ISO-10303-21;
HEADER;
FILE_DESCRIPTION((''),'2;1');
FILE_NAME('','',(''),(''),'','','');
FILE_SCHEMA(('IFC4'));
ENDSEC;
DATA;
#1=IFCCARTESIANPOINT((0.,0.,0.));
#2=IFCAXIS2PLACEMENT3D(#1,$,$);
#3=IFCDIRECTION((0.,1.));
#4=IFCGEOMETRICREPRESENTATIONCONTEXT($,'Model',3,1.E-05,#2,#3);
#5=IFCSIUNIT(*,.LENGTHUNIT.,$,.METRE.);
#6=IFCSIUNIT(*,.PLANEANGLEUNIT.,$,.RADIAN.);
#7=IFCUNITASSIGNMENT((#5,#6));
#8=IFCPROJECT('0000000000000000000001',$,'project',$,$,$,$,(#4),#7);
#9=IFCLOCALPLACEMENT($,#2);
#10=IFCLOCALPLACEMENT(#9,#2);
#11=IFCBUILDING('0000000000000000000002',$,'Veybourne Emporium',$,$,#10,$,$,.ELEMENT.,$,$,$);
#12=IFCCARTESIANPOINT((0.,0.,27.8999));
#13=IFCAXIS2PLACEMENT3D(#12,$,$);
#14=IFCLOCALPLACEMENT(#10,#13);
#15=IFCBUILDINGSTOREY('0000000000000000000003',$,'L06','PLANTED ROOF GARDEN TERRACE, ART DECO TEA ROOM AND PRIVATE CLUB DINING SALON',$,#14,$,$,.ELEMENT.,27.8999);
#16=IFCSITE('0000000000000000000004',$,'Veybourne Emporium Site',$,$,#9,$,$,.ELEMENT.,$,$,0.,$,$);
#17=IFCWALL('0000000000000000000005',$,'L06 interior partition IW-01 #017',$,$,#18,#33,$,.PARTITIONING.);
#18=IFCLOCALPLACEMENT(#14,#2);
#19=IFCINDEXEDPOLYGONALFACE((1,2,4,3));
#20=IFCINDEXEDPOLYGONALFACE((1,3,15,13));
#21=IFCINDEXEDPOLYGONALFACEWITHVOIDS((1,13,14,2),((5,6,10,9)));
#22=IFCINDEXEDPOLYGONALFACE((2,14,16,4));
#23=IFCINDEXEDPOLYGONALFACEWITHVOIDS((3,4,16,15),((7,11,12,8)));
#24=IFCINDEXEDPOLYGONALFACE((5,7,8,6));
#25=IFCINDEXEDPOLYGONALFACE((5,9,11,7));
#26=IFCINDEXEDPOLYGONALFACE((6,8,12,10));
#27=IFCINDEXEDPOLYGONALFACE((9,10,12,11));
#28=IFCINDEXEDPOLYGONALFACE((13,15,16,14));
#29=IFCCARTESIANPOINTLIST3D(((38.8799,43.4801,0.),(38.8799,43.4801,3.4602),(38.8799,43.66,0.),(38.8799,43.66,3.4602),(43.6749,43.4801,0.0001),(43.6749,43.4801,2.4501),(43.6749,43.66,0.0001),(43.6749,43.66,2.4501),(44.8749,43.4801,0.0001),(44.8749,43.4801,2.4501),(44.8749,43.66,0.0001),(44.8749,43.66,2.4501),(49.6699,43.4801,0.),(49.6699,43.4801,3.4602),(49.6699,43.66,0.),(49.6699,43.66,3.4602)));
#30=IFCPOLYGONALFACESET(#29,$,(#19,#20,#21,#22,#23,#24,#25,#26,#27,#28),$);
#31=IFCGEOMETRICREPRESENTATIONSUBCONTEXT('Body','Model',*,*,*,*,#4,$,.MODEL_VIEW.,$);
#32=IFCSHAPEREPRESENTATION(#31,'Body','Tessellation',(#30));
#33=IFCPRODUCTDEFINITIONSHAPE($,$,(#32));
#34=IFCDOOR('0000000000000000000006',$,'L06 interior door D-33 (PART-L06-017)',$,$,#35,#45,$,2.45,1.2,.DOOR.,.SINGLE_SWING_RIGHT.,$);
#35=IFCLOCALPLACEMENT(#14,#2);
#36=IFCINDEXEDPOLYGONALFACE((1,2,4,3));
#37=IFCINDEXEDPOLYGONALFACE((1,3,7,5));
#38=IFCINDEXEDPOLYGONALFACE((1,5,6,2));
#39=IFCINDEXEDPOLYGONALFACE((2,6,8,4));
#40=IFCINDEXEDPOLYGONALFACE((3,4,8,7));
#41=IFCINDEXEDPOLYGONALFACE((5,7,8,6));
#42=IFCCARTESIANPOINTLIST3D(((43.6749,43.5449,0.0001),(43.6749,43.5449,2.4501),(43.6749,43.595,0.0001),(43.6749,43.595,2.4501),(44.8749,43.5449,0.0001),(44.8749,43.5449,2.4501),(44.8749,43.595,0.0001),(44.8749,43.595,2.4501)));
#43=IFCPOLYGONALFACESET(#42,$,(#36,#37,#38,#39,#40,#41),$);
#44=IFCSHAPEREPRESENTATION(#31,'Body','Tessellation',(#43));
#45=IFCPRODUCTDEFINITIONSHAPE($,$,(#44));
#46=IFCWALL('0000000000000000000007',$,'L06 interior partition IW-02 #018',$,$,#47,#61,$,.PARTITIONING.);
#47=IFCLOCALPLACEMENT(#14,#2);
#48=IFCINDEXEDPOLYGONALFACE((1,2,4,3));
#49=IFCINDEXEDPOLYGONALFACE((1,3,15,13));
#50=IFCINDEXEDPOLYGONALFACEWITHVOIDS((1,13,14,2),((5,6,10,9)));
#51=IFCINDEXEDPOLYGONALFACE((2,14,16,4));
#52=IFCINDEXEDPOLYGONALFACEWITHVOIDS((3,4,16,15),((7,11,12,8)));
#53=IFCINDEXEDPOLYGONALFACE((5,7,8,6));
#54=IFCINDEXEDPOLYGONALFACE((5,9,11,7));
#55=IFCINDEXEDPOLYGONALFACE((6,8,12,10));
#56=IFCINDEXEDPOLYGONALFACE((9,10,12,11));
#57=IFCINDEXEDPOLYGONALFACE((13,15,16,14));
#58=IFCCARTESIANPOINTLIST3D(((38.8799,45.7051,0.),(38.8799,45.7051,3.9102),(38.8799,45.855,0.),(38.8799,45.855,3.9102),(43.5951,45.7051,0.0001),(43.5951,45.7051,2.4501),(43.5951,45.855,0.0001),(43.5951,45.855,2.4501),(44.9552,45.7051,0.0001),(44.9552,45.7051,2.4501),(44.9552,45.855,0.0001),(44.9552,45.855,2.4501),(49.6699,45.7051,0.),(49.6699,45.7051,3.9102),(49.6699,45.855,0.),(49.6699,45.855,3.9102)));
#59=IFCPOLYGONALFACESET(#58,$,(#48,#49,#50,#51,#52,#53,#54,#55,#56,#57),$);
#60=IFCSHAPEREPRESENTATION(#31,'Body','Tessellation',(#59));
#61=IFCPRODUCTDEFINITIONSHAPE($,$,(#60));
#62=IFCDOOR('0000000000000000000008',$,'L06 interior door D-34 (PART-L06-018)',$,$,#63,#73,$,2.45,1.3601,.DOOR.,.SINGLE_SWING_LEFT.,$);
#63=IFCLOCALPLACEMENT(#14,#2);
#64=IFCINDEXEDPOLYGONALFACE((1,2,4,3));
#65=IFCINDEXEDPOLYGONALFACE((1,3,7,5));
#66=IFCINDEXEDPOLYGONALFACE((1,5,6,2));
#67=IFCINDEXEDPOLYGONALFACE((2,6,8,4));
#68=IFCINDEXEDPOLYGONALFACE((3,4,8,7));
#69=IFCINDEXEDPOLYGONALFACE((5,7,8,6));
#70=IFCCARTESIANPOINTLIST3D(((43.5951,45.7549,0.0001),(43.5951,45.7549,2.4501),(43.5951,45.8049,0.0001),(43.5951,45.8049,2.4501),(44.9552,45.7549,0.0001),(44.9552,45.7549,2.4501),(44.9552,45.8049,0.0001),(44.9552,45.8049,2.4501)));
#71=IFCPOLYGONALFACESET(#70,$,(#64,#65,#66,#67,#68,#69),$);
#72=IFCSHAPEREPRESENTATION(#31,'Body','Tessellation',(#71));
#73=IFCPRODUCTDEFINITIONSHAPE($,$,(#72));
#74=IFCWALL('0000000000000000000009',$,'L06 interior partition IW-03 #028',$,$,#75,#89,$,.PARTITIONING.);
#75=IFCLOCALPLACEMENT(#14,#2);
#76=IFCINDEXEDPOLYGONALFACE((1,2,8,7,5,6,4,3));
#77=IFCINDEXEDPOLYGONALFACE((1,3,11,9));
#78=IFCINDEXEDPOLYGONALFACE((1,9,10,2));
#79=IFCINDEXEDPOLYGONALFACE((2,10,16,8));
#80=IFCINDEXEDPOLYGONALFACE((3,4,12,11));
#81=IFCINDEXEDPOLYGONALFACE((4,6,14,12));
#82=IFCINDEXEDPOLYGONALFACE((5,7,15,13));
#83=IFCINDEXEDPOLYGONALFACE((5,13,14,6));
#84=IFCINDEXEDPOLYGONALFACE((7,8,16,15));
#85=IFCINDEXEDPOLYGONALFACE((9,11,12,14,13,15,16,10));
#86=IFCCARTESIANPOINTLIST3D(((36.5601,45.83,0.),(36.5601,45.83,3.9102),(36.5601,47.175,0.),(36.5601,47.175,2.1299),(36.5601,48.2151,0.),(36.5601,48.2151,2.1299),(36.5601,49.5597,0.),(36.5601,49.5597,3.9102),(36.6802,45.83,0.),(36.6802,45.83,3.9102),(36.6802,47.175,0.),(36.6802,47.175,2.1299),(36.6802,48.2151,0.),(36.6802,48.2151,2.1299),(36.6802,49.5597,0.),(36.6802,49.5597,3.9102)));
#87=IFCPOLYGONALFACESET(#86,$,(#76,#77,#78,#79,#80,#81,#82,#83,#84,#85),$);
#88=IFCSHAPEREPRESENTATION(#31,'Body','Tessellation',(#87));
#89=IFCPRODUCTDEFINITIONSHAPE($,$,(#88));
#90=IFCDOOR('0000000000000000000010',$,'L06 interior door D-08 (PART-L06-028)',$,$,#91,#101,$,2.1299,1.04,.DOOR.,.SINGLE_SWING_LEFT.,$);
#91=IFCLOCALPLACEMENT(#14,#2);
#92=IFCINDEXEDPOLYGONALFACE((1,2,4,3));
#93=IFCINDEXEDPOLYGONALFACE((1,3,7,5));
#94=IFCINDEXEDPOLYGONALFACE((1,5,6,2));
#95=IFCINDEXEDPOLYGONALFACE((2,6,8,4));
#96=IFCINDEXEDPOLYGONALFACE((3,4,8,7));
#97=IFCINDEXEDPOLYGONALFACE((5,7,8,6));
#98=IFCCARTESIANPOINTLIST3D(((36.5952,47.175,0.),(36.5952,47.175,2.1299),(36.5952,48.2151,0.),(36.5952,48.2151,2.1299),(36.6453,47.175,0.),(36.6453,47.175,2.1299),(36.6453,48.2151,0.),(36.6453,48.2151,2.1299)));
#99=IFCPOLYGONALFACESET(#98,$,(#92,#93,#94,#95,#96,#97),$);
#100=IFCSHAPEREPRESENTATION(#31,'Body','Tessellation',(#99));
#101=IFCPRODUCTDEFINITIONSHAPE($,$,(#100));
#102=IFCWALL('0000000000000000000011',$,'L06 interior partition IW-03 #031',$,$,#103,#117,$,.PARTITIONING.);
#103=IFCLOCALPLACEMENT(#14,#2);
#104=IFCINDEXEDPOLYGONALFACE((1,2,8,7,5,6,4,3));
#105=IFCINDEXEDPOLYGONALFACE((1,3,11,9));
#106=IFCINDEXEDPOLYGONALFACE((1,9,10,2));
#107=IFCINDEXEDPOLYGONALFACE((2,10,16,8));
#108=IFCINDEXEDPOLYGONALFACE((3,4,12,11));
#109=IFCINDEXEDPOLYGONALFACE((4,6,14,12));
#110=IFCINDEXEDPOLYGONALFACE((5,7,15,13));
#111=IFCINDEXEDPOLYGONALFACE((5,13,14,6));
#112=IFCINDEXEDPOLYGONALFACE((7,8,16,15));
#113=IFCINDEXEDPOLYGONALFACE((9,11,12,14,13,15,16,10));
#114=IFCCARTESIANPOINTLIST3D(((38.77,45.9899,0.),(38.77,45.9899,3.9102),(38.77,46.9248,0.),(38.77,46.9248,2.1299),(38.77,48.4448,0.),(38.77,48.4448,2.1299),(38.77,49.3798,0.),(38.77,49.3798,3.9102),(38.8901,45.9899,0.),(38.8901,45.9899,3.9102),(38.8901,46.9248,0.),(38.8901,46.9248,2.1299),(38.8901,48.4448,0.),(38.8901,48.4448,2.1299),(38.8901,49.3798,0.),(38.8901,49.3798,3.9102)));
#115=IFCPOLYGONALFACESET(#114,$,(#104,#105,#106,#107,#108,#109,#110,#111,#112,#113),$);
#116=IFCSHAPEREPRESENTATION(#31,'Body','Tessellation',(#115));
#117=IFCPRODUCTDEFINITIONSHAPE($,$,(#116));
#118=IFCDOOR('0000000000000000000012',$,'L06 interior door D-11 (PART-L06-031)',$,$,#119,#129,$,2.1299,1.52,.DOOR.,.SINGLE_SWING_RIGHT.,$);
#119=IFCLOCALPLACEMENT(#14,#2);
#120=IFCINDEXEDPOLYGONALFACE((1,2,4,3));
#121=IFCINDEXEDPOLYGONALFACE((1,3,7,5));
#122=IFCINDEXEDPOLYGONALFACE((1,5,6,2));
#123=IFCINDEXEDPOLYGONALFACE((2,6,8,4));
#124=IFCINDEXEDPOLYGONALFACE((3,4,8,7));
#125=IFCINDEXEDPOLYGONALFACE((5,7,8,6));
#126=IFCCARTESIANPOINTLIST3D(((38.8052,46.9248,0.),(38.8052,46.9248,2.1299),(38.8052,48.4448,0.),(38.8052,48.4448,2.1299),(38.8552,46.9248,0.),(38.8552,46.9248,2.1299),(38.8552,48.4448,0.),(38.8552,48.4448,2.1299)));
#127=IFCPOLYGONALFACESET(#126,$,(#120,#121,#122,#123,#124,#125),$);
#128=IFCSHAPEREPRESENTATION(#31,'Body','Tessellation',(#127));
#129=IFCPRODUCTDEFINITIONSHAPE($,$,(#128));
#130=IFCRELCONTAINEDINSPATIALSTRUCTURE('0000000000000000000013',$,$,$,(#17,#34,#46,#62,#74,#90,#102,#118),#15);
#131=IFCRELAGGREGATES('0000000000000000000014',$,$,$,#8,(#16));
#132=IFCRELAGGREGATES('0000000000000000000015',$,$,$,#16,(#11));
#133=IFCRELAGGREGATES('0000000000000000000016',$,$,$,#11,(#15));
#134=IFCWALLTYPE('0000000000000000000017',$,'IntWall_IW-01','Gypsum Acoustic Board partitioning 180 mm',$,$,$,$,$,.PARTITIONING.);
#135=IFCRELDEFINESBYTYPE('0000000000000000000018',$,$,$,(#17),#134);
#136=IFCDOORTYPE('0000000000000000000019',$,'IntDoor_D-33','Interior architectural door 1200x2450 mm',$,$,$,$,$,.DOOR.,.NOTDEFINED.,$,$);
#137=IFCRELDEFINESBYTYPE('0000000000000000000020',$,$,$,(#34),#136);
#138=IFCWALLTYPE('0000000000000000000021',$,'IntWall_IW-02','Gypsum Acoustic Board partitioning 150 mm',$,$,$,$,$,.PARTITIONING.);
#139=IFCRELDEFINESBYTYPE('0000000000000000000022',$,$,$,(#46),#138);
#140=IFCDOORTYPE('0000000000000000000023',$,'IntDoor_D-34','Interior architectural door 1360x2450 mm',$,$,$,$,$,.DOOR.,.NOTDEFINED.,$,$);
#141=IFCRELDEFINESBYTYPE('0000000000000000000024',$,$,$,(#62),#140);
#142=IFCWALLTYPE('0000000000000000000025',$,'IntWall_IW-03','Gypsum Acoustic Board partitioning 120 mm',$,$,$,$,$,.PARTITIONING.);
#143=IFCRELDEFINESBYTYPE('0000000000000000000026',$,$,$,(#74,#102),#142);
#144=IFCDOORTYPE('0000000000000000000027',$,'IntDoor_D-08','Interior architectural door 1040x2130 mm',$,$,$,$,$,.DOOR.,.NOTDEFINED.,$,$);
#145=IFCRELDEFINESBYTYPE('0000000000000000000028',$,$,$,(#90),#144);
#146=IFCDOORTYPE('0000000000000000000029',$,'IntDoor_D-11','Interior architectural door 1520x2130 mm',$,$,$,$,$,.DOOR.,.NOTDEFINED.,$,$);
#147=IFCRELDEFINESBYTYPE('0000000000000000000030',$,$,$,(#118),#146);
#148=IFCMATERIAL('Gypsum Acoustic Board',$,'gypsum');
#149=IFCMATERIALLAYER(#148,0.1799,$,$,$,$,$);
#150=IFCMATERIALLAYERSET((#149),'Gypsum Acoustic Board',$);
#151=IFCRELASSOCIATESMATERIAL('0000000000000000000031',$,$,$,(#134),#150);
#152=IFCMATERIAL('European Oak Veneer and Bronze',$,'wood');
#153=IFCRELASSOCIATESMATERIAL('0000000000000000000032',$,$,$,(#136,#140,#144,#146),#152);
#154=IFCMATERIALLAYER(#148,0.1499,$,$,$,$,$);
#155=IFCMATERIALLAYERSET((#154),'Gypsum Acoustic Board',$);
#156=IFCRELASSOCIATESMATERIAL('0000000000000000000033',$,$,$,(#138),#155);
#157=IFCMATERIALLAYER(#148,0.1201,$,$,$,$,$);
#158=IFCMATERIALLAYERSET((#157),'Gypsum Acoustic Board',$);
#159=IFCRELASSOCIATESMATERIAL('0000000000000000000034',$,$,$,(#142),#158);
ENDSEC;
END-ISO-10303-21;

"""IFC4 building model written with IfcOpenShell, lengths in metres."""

from ifc_helpers import new_model, si_unit, direction, frame, frame_2d, origin, place, context, subcontext, project, spatial, rectangle, extrude, material, layer, layer_set, type_object, element, fill, save


model = new_model("IFC4")

# Units and contexts
model_context = context("Model", 3, precision=1e-05, world=origin(), true_north=direction((0.0, 1.0)))
body_context = subcontext(model_context, "Body", "Model", "MODEL_VIEW")
ifc_project = project(units=[si_unit("LENGTHUNIT", "METRE"), si_unit("PLANEANGLEUNIT", "RADIAN")], contexts=[model_context])

# Site, building, storey
site_placement = place(None, origin())
site = spatial("IfcSite", under=ifc_project, at=site_placement, Name="Veybourne Emporium Site", CompositionType="ELEMENT", RefElevation=0.0)
building_placement = place(site_placement, origin())
building = spatial("IfcBuilding", under=site, at=building_placement, Name="Veybourne Emporium", CompositionType="ELEMENT")
storey_placement = place(building_placement, frame((0.0, 0.0, 27.8999)))
storey = spatial("IfcBuildingStorey", under=building, at=storey_placement, Name="L06", Description="PLANTED ROOF GARDEN TERRACE, ART DECO TEA ROOM AND PRIVATE CLUB DINING SALON", CompositionType="ELEMENT", Elevation=27.8999)

# Walls, openings, doors
ifc_material_1 = material(Name="Gypsum Acoustic Board", Category="gypsum")
ifc_layer_1 = layer(ifc_material_1, 0.1799)
ifc_layer_set_1 = layer_set([ifc_layer_1], Name="Gypsum Acoustic Board")
wall_type_1 = type_object("IfcWallType", Name="IntWall_IW-01", Description="Gypsum Acoustic Board partitioning 180 mm", PredefinedType="PARTITIONING", material=ifc_layer_set_1)
wall_1_placement = place(storey_placement, frame((38.8799, 43.5701, 0.0), z_axis=(0.0, 0.0, 1.0), x_axis=(1.0, 0.0, 0.0)))
wall_1 = element("IfcWall", 1, at=wall_1_placement, inside=storey, type_object=wall_type_1, Name="L06 interior partition IW-01 #017", PredefinedType="PARTITIONING", context=body_context, shape_type="SweptSolid", body=[
    extrude(rectangle(XDim=10.79, YDim=0.1799, at=frame_2d((5.395, 0.0))), origin(), (0.0, 0.0, 1.0), 3.4602),
])
opening_1_placement = place(wall_1_placement, frame((4.7949, 0.0, 0.0)))
opening_1 = element("IfcOpeningElement", 2, at=opening_1_placement, cuts=wall_1, PredefinedType="OPENING", context=body_context, shape_type="SweptSolid", body=[
    extrude(rectangle(XDim=1.2, YDim=2.45, at=frame_2d((0.6001, 1.2251))), frame((0.0, 0.1099, 0.0), z_axis=(0.0, -1.0, 0.0), x_axis=(1.0, 0.0, 0.0)), (0.0, 0.0, 1.0), 0.22),
])
ifc_material_2 = material(Name="European Oak Veneer and Bronze", Category="wood")
door_type_1 = type_object("IfcDoorType", Name="IntDoor_D-33", Description="Interior architectural door 1200x2450 mm", OperationType="NOTDEFINED", PredefinedType="DOOR", material=ifc_material_2)
door_1_placement = place(opening_1_placement, origin())
door_1 = element("IfcDoor", 3, at=door_1_placement, inside=storey, type_object=door_type_1, Name="L06 interior door D-33 (PART-L06-017)", OperationType="SINGLE_SWING_RIGHT", OverallHeight=2.45, OverallWidth=1.2, PredefinedType="DOOR", context=body_context, shape_type="SweptSolid", body=[
    extrude(rectangle(XDim=1.2, YDim=2.45, at=frame_2d((0.6001, 1.2251))), frame((0.0, 0.0249, 0.0), z_axis=(0.0, -1.0, 0.0), x_axis=(1.0, 0.0, 0.0)), (0.0, 0.0, 1.0), 0.05),
])
fill(opening_1, door_1)
ifc_layer_2 = layer(ifc_material_1, 0.1499)
ifc_layer_set_2 = layer_set([ifc_layer_2], Name="Gypsum Acoustic Board")
wall_type_2 = type_object("IfcWallType", Name="IntWall_IW-02", Description="Gypsum Acoustic Board partitioning 150 mm", PredefinedType="PARTITIONING", material=ifc_layer_set_2)
wall_2_placement = place(storey_placement, frame((38.8799, 45.78, 0.0), z_axis=(0.0, 0.0, 1.0), x_axis=(1.0, 0.0, 0.0)))
wall_2 = element("IfcWall", 4, at=wall_2_placement, inside=storey, type_object=wall_type_2, Name="L06 interior partition IW-02 #018", PredefinedType="PARTITIONING", context=body_context, shape_type="SweptSolid", body=[
    extrude(rectangle(XDim=10.79, YDim=0.1499, at=frame_2d((5.395, 0.0))), origin(), (0.0, 0.0, 1.0), 3.9102),
])
opening_2_placement = place(wall_2_placement, frame((4.7151, 0.0, 0.0)))
opening_2 = element("IfcOpeningElement", 5, at=opening_2_placement, cuts=wall_2, PredefinedType="OPENING", context=body_context, shape_type="SweptSolid", body=[
    extrude(rectangle(XDim=1.3601, YDim=2.45, at=frame_2d((0.6802, 1.2251))), frame((0.0, 0.095, 0.0), z_axis=(0.0, -1.0, 0.0), x_axis=(1.0, 0.0, 0.0)), (0.0, 0.0, 1.0), 0.1899),
])
door_type_2 = type_object("IfcDoorType", Name="IntDoor_D-34", Description="Interior architectural door 1360x2450 mm", OperationType="NOTDEFINED", PredefinedType="DOOR", material=ifc_material_2)
door_2_placement = place(opening_2_placement, origin())
door_2 = element("IfcDoor", 6, at=door_2_placement, inside=storey, type_object=door_type_2, Name="L06 interior door D-34 (PART-L06-018)", OperationType="SINGLE_SWING_LEFT", OverallHeight=2.45, OverallWidth=1.3601, PredefinedType="DOOR", context=body_context, shape_type="SweptSolid", body=[
    extrude(rectangle(XDim=1.3601, YDim=2.45, at=frame_2d((0.6802, 1.2251))), frame((0.0, 0.0249, 0.0), z_axis=(0.0, -1.0, 0.0), x_axis=(1.0, 0.0, 0.0)), (0.0, 0.0, 1.0), 0.05),
])
fill(opening_2, door_2)
ifc_layer_3 = layer(ifc_material_1, 0.1201)
ifc_layer_set_3 = layer_set([ifc_layer_3], Name="Gypsum Acoustic Board")
wall_type_3 = type_object("IfcWallType", Name="IntWall_IW-03", Description="Gypsum Acoustic Board partitioning 120 mm", PredefinedType="PARTITIONING", material=ifc_layer_set_3)
wall_3_placement = place(storey_placement, frame((36.6201, 45.8301, 0.0), z_axis=(0.0, 0.0, 1.0), x_axis=(0.0, 1.0, 0.0)))
wall_3 = element("IfcWall", 7, at=wall_3_placement, inside=storey, type_object=wall_type_3, Name="L06 interior partition IW-03 #028", PredefinedType="PARTITIONING", context=body_context, shape_type="SweptSolid", body=[
    extrude(rectangle(XDim=3.7297, YDim=0.1201, at=frame_2d((1.8647, 0.0))), origin(), (0.0, 0.0, 1.0), 3.9102),
])
opening_3_placement = place(wall_3_placement, frame((1.345, 0.0, 0.0)))
opening_3 = element("IfcOpeningElement", 8, at=opening_3_placement, cuts=wall_3, PredefinedType="OPENING", context=body_context, shape_type="SweptSolid", body=[
    extrude(rectangle(XDim=1.04, YDim=2.1299, at=frame_2d((0.52, 1.0649))), frame((0.0, 0.0801, 0.0), z_axis=(0.0, -1.0, 0.0), x_axis=(1.0, 0.0, 0.0)), (0.0, 0.0, 1.0), 0.1602),
])
door_type_3 = type_object("IfcDoorType", Name="IntDoor_D-08", Description="Interior architectural door 1040x2130 mm", OperationType="NOTDEFINED", PredefinedType="DOOR", material=ifc_material_2)
door_3_placement = place(opening_3_placement, origin())
door_3 = element("IfcDoor", 9, at=door_3_placement, inside=storey, type_object=door_type_3, Name="L06 interior door D-08 (PART-L06-028)", OperationType="SINGLE_SWING_LEFT", OverallHeight=2.1299, OverallWidth=1.04, PredefinedType="DOOR", context=body_context, shape_type="SweptSolid", body=[
    extrude(rectangle(XDim=1.04, YDim=2.1299, at=frame_2d((0.52, 1.0649))), frame((0.0, 0.0249, 0.0), z_axis=(0.0, -1.0, 0.0), x_axis=(1.0, 0.0, 0.0)), (0.0, 0.0, 1.0), 0.05),
])
fill(opening_3, door_3)
wall_4_placement = place(storey_placement, frame((38.8301, 45.99, 0.0), z_axis=(0.0, 0.0, 1.0), x_axis=(0.0, 1.0, 0.0)))
wall_4 = element("IfcWall", 10, at=wall_4_placement, inside=storey, type_object=wall_type_3, Name="L06 interior partition IW-03 #031", PredefinedType="PARTITIONING", context=body_context, shape_type="SweptSolid", body=[
    extrude(rectangle(XDim=3.3899, YDim=0.1201, at=frame_2d((1.6948, 0.0))), origin(), (0.0, 0.0, 1.0), 3.9102),
])
opening_4_placement = place(wall_4_placement, frame((0.9348, 0.0, 0.0)))
opening_4 = element("IfcOpeningElement", 11, at=opening_4_placement, cuts=wall_4, PredefinedType="OPENING", context=body_context, shape_type="SweptSolid", body=[
    extrude(rectangle(XDim=1.52, YDim=2.1299, at=frame_2d((0.76, 1.0649))), frame((0.0, 0.0801, 0.0), z_axis=(0.0, -1.0, 0.0), x_axis=(1.0, 0.0, 0.0)), (0.0, 0.0, 1.0), 0.1602),
])
door_type_4 = type_object("IfcDoorType", Name="IntDoor_D-11", Description="Interior architectural door 1520x2130 mm", OperationType="NOTDEFINED", PredefinedType="DOOR", material=ifc_material_2)
door_4_placement = place(opening_4_placement, origin())
door_4 = element("IfcDoor", 12, at=door_4_placement, inside=storey, type_object=door_type_4, Name="L06 interior door D-11 (PART-L06-031)", OperationType="SINGLE_SWING_RIGHT", OverallHeight=2.1299, OverallWidth=1.52, PredefinedType="DOOR", context=body_context, shape_type="SweptSolid", body=[
    extrude(rectangle(XDim=1.52, YDim=2.1299, at=frame_2d((0.76, 1.0649))), frame((0.0, 0.0249, 0.0), z_axis=(0.0, -1.0, 0.0), x_axis=(1.0, 0.0, 0.0)), (0.0, 0.0, 1.0), 0.05),
])
fill(opening_4, door_4)

save(model, "model.ifc")
